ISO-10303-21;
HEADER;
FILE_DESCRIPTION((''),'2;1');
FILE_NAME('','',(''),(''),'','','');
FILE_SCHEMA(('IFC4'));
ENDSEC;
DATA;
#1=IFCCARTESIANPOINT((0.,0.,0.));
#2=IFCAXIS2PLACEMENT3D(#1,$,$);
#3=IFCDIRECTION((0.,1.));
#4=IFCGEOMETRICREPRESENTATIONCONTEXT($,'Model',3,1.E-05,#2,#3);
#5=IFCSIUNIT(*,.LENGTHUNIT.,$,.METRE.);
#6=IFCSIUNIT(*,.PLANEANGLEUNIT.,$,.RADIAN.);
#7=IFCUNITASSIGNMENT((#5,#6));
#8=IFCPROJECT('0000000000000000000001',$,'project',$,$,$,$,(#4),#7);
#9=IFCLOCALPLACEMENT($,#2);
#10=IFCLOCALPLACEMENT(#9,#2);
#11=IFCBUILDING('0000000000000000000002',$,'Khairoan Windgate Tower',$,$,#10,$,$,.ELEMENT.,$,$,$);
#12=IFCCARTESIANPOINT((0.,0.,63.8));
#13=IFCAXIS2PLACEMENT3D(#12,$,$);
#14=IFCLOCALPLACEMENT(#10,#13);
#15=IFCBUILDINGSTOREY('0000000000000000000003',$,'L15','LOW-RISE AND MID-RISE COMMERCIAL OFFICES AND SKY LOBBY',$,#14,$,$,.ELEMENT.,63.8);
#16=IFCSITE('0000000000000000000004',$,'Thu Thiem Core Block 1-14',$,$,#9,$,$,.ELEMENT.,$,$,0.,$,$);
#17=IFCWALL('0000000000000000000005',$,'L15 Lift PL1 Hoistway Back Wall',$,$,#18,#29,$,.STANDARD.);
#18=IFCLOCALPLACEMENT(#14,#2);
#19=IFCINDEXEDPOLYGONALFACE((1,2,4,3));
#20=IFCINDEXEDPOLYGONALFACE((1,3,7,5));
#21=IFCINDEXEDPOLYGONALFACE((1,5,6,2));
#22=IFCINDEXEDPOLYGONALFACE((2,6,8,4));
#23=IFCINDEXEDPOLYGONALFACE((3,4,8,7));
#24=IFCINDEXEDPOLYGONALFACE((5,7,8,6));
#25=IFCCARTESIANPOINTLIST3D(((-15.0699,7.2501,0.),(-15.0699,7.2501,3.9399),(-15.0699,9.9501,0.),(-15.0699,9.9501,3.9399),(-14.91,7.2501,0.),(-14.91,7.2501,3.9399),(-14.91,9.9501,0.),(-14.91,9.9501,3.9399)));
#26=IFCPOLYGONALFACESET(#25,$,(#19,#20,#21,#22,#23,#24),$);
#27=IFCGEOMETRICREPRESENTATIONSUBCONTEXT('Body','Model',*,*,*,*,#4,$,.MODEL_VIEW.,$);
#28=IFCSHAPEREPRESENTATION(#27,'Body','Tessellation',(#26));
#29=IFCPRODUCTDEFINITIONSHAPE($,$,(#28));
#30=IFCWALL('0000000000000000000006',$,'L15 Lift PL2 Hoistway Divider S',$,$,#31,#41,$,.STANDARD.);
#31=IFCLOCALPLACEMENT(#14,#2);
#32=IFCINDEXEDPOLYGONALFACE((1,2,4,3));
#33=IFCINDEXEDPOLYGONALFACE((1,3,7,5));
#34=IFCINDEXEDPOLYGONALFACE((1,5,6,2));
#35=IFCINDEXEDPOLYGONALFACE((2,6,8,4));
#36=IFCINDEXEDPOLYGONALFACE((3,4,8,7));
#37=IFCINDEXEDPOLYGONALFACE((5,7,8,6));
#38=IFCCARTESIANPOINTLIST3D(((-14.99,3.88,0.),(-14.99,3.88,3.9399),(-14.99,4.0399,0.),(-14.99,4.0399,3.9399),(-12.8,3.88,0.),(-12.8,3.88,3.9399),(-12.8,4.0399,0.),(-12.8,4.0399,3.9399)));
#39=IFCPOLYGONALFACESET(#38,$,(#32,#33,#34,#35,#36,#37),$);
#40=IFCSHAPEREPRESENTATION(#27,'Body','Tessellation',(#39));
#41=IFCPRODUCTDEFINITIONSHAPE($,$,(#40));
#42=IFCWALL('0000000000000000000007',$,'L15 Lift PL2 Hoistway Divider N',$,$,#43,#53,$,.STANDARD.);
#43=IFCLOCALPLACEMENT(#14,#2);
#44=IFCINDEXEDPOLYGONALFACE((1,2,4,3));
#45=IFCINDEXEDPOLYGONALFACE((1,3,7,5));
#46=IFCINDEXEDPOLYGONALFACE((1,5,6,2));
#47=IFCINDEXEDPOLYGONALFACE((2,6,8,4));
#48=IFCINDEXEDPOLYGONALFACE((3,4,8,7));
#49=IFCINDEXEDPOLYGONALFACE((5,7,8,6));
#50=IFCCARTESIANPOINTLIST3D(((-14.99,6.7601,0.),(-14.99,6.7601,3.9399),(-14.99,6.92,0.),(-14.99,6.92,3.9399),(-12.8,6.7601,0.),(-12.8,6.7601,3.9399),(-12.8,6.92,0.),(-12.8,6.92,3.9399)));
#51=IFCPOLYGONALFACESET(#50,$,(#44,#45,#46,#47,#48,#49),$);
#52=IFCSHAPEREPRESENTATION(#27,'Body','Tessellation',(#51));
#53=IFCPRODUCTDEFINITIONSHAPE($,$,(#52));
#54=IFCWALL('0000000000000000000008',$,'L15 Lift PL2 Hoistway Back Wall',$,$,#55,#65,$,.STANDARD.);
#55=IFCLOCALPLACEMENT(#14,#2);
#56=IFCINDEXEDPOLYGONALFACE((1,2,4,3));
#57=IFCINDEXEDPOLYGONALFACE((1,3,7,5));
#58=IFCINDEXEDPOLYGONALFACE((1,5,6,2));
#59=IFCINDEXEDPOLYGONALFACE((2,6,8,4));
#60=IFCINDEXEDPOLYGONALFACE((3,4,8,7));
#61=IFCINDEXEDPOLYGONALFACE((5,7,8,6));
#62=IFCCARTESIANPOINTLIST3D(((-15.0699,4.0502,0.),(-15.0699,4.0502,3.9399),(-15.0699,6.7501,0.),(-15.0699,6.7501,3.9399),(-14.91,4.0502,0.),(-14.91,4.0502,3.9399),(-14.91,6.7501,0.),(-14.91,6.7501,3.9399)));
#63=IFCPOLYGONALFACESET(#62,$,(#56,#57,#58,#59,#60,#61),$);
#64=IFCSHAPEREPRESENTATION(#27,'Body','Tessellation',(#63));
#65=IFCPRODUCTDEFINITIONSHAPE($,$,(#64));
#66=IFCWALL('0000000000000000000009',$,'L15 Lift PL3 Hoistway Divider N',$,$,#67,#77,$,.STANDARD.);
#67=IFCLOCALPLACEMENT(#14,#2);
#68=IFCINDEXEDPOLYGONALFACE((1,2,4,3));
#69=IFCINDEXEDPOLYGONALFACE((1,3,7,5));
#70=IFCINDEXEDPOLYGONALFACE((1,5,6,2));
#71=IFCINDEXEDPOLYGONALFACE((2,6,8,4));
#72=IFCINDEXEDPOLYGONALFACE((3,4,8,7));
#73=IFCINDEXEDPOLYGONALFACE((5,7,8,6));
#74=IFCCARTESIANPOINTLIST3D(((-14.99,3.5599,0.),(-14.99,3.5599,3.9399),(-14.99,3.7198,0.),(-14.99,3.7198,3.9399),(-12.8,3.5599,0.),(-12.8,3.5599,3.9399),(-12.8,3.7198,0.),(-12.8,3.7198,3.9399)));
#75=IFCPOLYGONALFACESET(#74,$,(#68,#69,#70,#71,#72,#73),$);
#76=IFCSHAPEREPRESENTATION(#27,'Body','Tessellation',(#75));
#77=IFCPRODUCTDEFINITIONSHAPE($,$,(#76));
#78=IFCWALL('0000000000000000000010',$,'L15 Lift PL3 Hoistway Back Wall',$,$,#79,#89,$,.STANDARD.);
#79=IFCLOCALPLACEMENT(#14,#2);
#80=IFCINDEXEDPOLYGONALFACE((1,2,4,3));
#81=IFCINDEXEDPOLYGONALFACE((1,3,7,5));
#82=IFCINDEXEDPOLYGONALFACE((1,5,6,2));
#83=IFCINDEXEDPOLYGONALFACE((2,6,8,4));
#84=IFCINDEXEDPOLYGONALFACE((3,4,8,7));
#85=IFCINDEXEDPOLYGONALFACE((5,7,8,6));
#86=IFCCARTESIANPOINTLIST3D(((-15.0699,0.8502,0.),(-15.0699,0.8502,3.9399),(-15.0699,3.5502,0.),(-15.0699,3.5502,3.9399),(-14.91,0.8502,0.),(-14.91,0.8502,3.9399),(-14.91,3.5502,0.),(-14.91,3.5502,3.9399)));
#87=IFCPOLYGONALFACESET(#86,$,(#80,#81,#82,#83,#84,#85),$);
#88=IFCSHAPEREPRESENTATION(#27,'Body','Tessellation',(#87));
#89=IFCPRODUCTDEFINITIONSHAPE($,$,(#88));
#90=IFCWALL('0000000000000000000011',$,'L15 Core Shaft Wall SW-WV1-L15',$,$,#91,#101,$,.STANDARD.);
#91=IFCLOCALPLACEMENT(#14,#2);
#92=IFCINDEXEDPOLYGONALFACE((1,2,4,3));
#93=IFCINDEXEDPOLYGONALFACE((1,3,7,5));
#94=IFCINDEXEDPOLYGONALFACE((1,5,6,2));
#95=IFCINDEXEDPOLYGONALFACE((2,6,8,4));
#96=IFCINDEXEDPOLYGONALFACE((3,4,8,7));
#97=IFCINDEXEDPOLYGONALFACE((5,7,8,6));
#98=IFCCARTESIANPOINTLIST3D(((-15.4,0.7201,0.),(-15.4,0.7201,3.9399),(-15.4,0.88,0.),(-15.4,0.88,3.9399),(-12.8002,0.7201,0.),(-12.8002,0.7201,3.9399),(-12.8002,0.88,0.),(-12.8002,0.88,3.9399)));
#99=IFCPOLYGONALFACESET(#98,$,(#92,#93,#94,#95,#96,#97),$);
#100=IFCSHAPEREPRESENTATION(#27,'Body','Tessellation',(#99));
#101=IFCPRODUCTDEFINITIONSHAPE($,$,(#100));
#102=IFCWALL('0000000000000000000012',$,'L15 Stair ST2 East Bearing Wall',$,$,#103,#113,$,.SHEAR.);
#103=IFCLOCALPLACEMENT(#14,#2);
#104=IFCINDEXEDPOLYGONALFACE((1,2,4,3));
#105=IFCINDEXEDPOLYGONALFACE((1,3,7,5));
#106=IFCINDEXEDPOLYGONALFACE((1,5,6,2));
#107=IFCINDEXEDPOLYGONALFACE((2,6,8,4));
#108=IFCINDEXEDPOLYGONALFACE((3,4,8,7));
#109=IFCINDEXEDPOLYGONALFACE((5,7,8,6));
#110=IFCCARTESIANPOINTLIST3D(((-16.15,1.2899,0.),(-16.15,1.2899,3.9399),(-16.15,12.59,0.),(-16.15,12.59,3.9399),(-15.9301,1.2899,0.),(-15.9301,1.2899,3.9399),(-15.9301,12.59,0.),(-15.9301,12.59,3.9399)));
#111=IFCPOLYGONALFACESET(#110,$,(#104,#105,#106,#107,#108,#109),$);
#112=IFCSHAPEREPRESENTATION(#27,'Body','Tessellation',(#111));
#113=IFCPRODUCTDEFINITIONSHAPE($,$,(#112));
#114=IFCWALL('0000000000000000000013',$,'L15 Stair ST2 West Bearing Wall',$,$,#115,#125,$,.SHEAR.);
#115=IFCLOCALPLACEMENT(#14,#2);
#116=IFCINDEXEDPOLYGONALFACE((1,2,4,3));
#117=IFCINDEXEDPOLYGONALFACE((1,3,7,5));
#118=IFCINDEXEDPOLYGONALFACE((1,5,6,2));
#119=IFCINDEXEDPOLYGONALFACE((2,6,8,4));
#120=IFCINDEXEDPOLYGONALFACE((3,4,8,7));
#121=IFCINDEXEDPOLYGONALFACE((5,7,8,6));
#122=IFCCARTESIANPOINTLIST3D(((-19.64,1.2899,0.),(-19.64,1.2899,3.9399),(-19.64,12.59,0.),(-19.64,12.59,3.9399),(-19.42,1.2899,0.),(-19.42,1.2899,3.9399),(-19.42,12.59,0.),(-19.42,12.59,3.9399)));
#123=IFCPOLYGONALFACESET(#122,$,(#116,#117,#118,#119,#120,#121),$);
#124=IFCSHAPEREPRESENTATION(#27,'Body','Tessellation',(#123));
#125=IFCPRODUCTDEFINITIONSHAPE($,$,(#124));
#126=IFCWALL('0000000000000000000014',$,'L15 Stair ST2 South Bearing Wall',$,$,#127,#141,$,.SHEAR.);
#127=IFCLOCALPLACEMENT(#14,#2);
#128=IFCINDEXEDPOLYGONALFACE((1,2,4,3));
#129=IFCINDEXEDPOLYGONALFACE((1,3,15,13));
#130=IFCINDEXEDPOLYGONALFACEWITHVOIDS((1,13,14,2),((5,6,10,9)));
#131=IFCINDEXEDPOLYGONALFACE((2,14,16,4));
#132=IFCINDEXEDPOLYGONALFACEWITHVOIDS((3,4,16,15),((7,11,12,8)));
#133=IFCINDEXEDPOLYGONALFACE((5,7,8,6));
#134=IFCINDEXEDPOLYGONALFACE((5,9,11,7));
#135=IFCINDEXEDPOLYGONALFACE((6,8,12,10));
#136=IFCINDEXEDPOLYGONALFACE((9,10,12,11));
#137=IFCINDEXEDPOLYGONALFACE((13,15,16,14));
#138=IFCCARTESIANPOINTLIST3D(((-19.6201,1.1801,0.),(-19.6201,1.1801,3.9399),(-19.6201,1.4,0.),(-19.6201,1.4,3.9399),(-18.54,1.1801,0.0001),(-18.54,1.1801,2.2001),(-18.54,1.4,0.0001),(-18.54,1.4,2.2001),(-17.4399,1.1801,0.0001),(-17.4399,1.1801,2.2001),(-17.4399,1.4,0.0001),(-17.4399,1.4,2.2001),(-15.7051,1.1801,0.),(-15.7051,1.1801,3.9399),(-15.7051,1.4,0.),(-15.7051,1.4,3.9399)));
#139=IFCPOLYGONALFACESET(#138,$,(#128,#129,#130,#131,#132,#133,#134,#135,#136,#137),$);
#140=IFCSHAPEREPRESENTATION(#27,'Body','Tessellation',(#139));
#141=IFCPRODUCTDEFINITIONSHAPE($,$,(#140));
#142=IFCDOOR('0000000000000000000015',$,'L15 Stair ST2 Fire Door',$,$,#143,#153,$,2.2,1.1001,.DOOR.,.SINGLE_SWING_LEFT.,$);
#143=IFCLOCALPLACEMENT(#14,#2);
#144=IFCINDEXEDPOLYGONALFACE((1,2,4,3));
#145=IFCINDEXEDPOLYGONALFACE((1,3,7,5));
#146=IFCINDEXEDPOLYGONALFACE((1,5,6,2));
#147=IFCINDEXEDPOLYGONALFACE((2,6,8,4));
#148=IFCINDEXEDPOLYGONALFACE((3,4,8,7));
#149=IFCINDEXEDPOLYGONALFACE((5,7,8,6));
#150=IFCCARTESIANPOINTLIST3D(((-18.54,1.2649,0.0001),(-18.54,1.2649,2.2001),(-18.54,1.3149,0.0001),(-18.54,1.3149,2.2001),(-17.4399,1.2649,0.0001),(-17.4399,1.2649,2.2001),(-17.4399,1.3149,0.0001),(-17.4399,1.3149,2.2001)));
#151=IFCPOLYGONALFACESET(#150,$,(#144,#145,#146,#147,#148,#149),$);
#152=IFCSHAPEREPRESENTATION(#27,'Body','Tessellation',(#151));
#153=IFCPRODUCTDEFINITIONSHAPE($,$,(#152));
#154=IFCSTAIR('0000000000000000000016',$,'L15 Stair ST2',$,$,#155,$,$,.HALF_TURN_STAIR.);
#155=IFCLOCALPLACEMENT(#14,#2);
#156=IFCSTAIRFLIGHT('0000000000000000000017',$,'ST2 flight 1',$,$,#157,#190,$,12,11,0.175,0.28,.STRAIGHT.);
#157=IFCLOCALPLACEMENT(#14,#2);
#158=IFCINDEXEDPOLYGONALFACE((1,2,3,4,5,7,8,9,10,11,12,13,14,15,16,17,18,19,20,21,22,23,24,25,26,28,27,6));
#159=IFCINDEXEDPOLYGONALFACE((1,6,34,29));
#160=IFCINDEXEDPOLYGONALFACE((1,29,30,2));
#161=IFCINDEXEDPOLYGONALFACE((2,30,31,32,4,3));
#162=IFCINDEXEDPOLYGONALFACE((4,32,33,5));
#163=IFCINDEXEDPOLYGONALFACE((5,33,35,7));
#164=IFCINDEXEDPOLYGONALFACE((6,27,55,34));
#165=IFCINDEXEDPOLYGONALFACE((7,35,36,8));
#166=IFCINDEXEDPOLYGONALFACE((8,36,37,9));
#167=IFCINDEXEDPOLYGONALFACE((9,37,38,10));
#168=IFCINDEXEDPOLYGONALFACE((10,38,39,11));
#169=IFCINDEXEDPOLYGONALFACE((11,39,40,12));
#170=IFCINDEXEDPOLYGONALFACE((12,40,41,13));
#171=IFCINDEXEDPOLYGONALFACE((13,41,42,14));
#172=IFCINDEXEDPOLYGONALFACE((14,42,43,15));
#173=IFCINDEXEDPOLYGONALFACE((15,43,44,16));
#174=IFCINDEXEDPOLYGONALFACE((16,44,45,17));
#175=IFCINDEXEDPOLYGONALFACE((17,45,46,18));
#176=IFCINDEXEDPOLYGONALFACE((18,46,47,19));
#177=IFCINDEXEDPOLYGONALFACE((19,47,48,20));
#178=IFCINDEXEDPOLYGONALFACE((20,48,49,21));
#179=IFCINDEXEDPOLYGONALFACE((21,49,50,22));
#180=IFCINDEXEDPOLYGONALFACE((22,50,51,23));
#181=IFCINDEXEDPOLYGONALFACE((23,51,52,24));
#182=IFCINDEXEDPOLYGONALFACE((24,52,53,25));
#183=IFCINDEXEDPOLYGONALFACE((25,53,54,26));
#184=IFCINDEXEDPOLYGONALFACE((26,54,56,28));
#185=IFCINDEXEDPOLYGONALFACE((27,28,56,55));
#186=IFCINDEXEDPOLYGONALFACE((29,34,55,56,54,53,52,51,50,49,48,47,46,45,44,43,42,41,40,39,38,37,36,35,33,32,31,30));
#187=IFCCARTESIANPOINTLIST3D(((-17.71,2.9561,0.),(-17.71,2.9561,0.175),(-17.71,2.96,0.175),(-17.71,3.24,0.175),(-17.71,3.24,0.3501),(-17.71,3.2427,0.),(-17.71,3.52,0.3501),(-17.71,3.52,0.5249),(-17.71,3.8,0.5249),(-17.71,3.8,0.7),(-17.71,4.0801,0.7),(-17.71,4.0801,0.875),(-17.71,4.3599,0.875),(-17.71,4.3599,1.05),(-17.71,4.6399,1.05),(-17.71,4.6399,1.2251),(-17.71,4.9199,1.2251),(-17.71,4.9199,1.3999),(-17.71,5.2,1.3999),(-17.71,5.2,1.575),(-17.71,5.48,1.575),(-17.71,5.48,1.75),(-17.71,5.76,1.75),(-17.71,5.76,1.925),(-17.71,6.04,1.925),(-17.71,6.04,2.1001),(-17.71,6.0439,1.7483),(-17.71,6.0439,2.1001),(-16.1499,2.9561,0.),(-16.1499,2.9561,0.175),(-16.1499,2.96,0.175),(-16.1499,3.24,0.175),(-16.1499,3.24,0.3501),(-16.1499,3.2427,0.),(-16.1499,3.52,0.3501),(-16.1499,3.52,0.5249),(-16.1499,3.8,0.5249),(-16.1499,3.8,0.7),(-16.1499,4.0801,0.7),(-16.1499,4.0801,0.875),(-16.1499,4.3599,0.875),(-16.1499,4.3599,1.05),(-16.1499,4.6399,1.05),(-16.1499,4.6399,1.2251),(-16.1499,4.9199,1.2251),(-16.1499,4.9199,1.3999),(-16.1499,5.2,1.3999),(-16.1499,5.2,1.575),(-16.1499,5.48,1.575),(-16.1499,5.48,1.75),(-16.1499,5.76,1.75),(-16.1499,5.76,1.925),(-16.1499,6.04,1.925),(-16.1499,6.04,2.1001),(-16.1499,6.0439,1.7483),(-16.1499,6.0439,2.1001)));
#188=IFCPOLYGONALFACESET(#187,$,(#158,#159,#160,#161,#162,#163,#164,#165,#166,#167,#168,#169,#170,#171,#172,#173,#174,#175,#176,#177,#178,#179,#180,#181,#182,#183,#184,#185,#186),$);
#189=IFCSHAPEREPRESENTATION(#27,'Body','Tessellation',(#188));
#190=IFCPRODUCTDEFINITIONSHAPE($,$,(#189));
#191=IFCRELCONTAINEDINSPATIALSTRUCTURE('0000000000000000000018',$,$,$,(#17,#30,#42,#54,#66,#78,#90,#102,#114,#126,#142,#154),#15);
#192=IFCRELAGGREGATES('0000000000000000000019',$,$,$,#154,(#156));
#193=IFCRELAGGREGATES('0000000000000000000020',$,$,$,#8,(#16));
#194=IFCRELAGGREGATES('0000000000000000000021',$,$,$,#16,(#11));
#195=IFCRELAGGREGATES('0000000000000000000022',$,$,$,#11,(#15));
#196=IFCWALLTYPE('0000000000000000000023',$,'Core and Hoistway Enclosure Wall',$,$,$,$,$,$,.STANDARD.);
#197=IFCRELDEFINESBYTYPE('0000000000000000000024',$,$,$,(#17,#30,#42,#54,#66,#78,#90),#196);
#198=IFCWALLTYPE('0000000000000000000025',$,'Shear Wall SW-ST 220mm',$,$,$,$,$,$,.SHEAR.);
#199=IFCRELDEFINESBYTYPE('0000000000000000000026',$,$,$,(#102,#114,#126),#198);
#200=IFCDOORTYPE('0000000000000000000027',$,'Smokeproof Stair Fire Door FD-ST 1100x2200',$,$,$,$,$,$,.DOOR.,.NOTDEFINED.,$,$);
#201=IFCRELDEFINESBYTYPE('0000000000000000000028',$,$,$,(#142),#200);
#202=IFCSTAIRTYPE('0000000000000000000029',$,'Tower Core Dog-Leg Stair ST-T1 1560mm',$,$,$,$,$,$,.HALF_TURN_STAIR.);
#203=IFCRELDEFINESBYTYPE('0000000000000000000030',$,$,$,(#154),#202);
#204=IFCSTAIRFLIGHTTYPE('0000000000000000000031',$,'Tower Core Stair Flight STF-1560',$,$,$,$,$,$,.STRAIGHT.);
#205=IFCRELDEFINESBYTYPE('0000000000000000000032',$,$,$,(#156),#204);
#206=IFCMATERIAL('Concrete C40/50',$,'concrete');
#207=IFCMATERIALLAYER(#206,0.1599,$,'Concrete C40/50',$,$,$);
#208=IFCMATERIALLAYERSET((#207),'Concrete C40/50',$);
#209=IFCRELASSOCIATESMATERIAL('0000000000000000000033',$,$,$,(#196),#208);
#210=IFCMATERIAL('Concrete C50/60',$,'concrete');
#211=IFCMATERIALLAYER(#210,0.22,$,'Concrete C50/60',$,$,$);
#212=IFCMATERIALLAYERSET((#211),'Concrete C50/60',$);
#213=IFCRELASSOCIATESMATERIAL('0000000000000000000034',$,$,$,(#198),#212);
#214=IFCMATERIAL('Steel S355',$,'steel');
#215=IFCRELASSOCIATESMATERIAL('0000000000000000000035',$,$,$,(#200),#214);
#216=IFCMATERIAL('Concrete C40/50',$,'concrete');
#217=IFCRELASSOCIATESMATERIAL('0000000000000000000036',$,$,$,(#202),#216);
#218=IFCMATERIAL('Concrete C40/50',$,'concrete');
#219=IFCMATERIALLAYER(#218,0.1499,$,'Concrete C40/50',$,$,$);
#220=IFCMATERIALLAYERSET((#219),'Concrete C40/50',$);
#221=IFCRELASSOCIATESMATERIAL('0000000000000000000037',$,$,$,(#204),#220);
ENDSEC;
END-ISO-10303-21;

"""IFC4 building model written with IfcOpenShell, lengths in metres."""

from ifc_helpers import new_model, si_unit, direction, frame, frame_2d, origin, place, context, subcontext, project, spatial, polyline, rectangle, outline, extrude, material, layer, layer_set, type_object, element, fill, aggregate, save


model = new_model("IFC4")

# Units and contexts
model_context = context("Model", 3, precision=1e-05, world=origin(), true_north=direction((0.0, 1.0)))
body_context = subcontext(model_context, "Body", "Model", "MODEL_VIEW")
ifc_project = project(units=[si_unit("LENGTHUNIT", "METRE"), si_unit("PLANEANGLEUNIT", "RADIAN")], contexts=[model_context])

# Site, building, storey
site_placement = place(None, origin())
site = spatial("IfcSite", under=ifc_project, at=site_placement, Name="Thu Thiem Core Block 1-14", CompositionType="ELEMENT", RefElevation=0.0)
building_placement = place(site_placement, origin())
building = spatial("IfcBuilding", under=site, at=building_placement, Name="Khairoan Windgate Tower", CompositionType="ELEMENT")
storey_placement = place(building_placement, frame((0.0, 0.0, 63.8)))
storey = spatial("IfcBuildingStorey", under=building, at=storey_placement, Name="L15", Description="LOW-RISE AND MID-RISE COMMERCIAL OFFICES AND SKY LOBBY", CompositionType="ELEMENT", Elevation=63.8)

# Walls
ifc_material_1 = material(Name="Concrete C40/50", Category="concrete")
ifc_layer_1 = layer(ifc_material_1, 0.1599, Name="Concrete C40/50")
ifc_layer_set_1 = layer_set([ifc_layer_1], Name="Concrete C40/50")
wall_type_1 = type_object("IfcWallType", Name="Core and Hoistway Enclosure Wall", PredefinedType="STANDARD", material=ifc_layer_set_1)
wall_1_placement = place(storey_placement, frame((-14.99, 7.25, 0.0), z_axis=(0.0, 0.0, 1.0), x_axis=(0.0, 1.0, 0.0)))
element("IfcWall", 1, at=wall_1_placement, inside=storey, type_object=wall_type_1, Name="L15 Lift PL1 Hoistway Back Wall", PredefinedType="STANDARD", context=body_context, shape_type="SweptSolid", body=[
    extrude(rectangle(XDim=2.7, YDim=0.1599, at=frame_2d((1.3501, 0.0))), origin(), (0.0, 0.0, 1.0), 3.9399),
])
for number, where, z_axis, x_axis, name in (
    (2, (-14.99, 3.96, 0.0), (0.0, 0.0, 1.0), (1.0, 0.0, 0.0), "L15 Lift PL2 Hoistway Divider S"),
    (3, (-14.99, 6.8401, 0.0), (0.0, 0.0, 1.0), (1.0, 0.0, 0.0), "L15 Lift PL2 Hoistway Divider N"),
):
    element("IfcWall", number, at=place(storey_placement, frame(where, z_axis=z_axis, x_axis=x_axis)), inside=storey, type_object=wall_type_1, Name=name, PredefinedType="STANDARD", context=body_context, shape_type="SweptSolid", body=[
        extrude(rectangle(XDim=2.1899, YDim=0.1599, at=frame_2d((1.095, 0.0))), origin(), (0.0, 0.0, 1.0), 3.9399),
    ])
wall_2_placement = place(storey_placement, frame((-14.99, 4.05, 0.0), z_axis=(0.0, 0.0, 1.0), x_axis=(0.0, 1.0, 0.0)))
element("IfcWall", 4, at=wall_2_placement, inside=storey, type_object=wall_type_1, Name="L15 Lift PL2 Hoistway Back Wall", PredefinedType="STANDARD", context=body_context, shape_type="SweptSolid", body=[
    extrude(rectangle(XDim=2.7, YDim=0.1599, at=frame_2d((1.3501, 0.0))), origin(), (0.0, 0.0, 1.0), 3.9399),
])
wall_3_placement = place(storey_placement, frame((-14.99, 3.6399, 0.0), z_axis=(0.0, 0.0, 1.0), x_axis=(1.0, 0.0, 0.0)))
element("IfcWall", 5, at=wall_3_placement, inside=storey, type_object=wall_type_1, Name="L15 Lift PL3 Hoistway Divider N", PredefinedType="STANDARD", context=body_context, shape_type="SweptSolid", body=[
    extrude(rectangle(XDim=2.1899, YDim=0.1599, at=frame_2d((1.095, 0.0))), origin(), (0.0, 0.0, 1.0), 3.9399),
])
wall_4_placement = place(storey_placement, frame((-14.99, 0.8501, 0.0), z_axis=(0.0, 0.0, 1.0), x_axis=(0.0, 1.0, 0.0)))
element("IfcWall", 6, at=wall_4_placement, inside=storey, type_object=wall_type_1, Name="L15 Lift PL3 Hoistway Back Wall", PredefinedType="STANDARD", context=body_context, shape_type="SweptSolid", body=[
    extrude(rectangle(XDim=2.7, YDim=0.1599, at=frame_2d((1.3501, 0.0))), origin(), (0.0, 0.0, 1.0), 3.9399),
])
wall_5_placement = place(storey_placement, frame((-15.3999, 0.8, 0.0), z_axis=(0.0, 0.0, 1.0), x_axis=(1.0, 0.0, 0.0)))
element("IfcWall", 7, at=wall_5_placement, inside=storey, type_object=wall_type_1, Name="L15 Core Shaft Wall SW-WV1-L15", PredefinedType="STANDARD", context=body_context, shape_type="SweptSolid", body=[
    extrude(rectangle(XDim=2.5999, YDim=0.1599, at=frame_2d((1.2998, 0.0))), origin(), (0.0, 0.0, 1.0), 3.9399),
])
ifc_material_2 = material(Name="Concrete C50/60", Category="concrete")
ifc_layer_2 = layer(ifc_material_2, 0.22, Name="Concrete C50/60")
ifc_layer_set_2 = layer_set([ifc_layer_2], Name="Concrete C50/60")
wall_type_2 = type_object("IfcWallType", Name="Shear Wall SW-ST 220mm", PredefinedType="SHEAR", material=ifc_layer_set_2)
for number, where, z_axis, x_axis, name in (
    (8, (-16.04, 1.29, 0.0), (0.0, 0.0, 1.0), (0.0, 1.0, 0.0), "L15 Stair ST2 East Bearing Wall"),
    (9, (-19.53, 1.29, 0.0), (0.0, 0.0, 1.0), (0.0, 1.0, 0.0), "L15 Stair ST2 West Bearing Wall"),
):
    element("IfcWall", number, at=place(storey_placement, frame(where, z_axis=z_axis, x_axis=x_axis)), inside=storey, type_object=wall_type_2, Name=name, PredefinedType="SHEAR", context=body_context, shape_type="SweptSolid", body=[
        extrude(rectangle(XDim=11.3, YDim=0.22, at=frame_2d((5.6499, 0.0))), origin(), (0.0, 0.0, 1.0), 3.9399),
    ])

# Wall, opening, door
wall_6_placement = place(storey_placement, frame((-19.6201, 1.29, 0.0), z_axis=(0.0, 0.0, 1.0), x_axis=(1.0, 0.0, 0.0)))
wall_6 = element("IfcWall", 10, at=wall_6_placement, inside=storey, type_object=wall_type_2, Name="L15 Stair ST2 South Bearing Wall", PredefinedType="SHEAR", context=body_context, shape_type="SweptSolid", body=[
    extrude(rectangle(XDim=3.915, YDim=0.22, at=frame_2d((1.9575, 0.0))), origin(), (0.0, 0.0, 1.0), 3.9399),
])
opening_placement = place(wall_6_placement, frame((1.0801, 0.0, 0.0)))
opening = element("IfcOpeningElement", 11, at=opening_placement, cuts=wall_6, PredefinedType="OPENING", context=body_context, shape_type="SweptSolid", body=[
    extrude(rectangle(XDim=1.1001, YDim=2.2, at=frame_2d((0.55, 1.1001))), frame((0.0, 0.1199, 0.0), z_axis=(0.0, -1.0, 0.0), x_axis=(1.0, 0.0, 0.0)), (0.0, 0.0, 1.0), 0.24),
])
ifc_material_3 = material(Name="Steel S355", Category="steel")
door_type = type_object("IfcDoorType", Name="Smokeproof Stair Fire Door FD-ST 1100x2200", OperationType="NOTDEFINED", PredefinedType="DOOR", material=ifc_material_3)
door_placement = place(opening_placement, origin())
door = element("IfcDoor", 12, at=door_placement, inside=storey, type_object=door_type, Name="L15 Stair ST2 Fire Door", OperationType="SINGLE_SWING_LEFT", OverallHeight=2.2, OverallWidth=1.1001, PredefinedType="DOOR", context=body_context, shape_type="SweptSolid", body=[
    extrude(rectangle(XDim=1.1001, YDim=2.2, at=frame_2d((0.55, 1.1001))), frame((0.0, 0.0249, 0.0), z_axis=(0.0, -1.0, 0.0), x_axis=(1.0, 0.0, 0.0)), (0.0, 0.0, 1.0), 0.05),
])
fill(opening, door)

# Stair, stair flight
ifc_material_4 = material(Name="Concrete C40/50", Category="concrete")
stair_type = type_object("IfcStairType", Name="Tower Core Dog-Leg Stair ST-T1 1560mm", PredefinedType="HALF_TURN_STAIR", material=ifc_material_4)
stair_placement = place(storey_placement, origin())
stair = element("IfcStair", 13, at=stair_placement, inside=storey, type_object=stair_type, Name="L15 Stair ST2", PredefinedType="HALF_TURN_STAIR")
ifc_material_5 = material(Name="Concrete C40/50", Category="concrete")
ifc_layer_3 = layer(ifc_material_5, 0.1499, Name="Concrete C40/50")
ifc_layer_set_3 = layer_set([ifc_layer_3], Name="Concrete C40/50")
stair_flight_type = type_object("IfcStairFlightType", Name="Tower Core Stair Flight STF-1560", PredefinedType="STRAIGHT", material=ifc_layer_set_3)
stair_flight_1_placement = place(storey_placement, frame((-16.9299, 2.96, 0.0), z_axis=(0.0, 0.0, 1.0), x_axis=(0.0, 1.0, 0.0)))
stair_flight_1 = element("IfcStairFlight", 14, at=stair_flight_1_placement, type_object=stair_flight_type, Name="ST2 flight 1", NumberOfRisers=12, NumberOfTreads=11, PredefinedType="STRAIGHT", RiserHeight=0.175, TreadLength=0.28, context=body_context, shape_type="SweptSolid", body=[
    extrude(outline(polyline([(-0.0039, 0.0), (-0.0039, 0.175), (0.0, 0.175), (0.28, 0.175), (0.28, 0.3501), (0.5601, 0.3501), (0.5601, 0.5249), (0.8401, 0.5249), (0.8401, 0.7), (1.1201, 0.7), (1.1201, 0.875), (1.3999, 0.875), (1.3999, 1.05), (1.6799, 1.05), (1.6799, 1.2251), (1.96, 1.2251), (1.96, 1.3999), (2.24, 1.3999), (2.24, 1.575), (2.52, 1.575), (2.52, 1.75), (2.8, 1.75), (2.8, 1.925), (3.0801, 1.925), (3.0801, 2.1001), (3.084, 2.1001), (3.084, 1.7483), (0.2827, 0.0), (-0.0039, 0.0)])), frame((0.0, 0.78, 0.0), z_axis=(0.0, -1.0, 0.0), x_axis=(1.0, 0.0, 0.0)), (0.0, 0.0, 1.0), 1.5601),
])
aggregate(stair, [stair_flight_1])

save(model, "model.ifc")
